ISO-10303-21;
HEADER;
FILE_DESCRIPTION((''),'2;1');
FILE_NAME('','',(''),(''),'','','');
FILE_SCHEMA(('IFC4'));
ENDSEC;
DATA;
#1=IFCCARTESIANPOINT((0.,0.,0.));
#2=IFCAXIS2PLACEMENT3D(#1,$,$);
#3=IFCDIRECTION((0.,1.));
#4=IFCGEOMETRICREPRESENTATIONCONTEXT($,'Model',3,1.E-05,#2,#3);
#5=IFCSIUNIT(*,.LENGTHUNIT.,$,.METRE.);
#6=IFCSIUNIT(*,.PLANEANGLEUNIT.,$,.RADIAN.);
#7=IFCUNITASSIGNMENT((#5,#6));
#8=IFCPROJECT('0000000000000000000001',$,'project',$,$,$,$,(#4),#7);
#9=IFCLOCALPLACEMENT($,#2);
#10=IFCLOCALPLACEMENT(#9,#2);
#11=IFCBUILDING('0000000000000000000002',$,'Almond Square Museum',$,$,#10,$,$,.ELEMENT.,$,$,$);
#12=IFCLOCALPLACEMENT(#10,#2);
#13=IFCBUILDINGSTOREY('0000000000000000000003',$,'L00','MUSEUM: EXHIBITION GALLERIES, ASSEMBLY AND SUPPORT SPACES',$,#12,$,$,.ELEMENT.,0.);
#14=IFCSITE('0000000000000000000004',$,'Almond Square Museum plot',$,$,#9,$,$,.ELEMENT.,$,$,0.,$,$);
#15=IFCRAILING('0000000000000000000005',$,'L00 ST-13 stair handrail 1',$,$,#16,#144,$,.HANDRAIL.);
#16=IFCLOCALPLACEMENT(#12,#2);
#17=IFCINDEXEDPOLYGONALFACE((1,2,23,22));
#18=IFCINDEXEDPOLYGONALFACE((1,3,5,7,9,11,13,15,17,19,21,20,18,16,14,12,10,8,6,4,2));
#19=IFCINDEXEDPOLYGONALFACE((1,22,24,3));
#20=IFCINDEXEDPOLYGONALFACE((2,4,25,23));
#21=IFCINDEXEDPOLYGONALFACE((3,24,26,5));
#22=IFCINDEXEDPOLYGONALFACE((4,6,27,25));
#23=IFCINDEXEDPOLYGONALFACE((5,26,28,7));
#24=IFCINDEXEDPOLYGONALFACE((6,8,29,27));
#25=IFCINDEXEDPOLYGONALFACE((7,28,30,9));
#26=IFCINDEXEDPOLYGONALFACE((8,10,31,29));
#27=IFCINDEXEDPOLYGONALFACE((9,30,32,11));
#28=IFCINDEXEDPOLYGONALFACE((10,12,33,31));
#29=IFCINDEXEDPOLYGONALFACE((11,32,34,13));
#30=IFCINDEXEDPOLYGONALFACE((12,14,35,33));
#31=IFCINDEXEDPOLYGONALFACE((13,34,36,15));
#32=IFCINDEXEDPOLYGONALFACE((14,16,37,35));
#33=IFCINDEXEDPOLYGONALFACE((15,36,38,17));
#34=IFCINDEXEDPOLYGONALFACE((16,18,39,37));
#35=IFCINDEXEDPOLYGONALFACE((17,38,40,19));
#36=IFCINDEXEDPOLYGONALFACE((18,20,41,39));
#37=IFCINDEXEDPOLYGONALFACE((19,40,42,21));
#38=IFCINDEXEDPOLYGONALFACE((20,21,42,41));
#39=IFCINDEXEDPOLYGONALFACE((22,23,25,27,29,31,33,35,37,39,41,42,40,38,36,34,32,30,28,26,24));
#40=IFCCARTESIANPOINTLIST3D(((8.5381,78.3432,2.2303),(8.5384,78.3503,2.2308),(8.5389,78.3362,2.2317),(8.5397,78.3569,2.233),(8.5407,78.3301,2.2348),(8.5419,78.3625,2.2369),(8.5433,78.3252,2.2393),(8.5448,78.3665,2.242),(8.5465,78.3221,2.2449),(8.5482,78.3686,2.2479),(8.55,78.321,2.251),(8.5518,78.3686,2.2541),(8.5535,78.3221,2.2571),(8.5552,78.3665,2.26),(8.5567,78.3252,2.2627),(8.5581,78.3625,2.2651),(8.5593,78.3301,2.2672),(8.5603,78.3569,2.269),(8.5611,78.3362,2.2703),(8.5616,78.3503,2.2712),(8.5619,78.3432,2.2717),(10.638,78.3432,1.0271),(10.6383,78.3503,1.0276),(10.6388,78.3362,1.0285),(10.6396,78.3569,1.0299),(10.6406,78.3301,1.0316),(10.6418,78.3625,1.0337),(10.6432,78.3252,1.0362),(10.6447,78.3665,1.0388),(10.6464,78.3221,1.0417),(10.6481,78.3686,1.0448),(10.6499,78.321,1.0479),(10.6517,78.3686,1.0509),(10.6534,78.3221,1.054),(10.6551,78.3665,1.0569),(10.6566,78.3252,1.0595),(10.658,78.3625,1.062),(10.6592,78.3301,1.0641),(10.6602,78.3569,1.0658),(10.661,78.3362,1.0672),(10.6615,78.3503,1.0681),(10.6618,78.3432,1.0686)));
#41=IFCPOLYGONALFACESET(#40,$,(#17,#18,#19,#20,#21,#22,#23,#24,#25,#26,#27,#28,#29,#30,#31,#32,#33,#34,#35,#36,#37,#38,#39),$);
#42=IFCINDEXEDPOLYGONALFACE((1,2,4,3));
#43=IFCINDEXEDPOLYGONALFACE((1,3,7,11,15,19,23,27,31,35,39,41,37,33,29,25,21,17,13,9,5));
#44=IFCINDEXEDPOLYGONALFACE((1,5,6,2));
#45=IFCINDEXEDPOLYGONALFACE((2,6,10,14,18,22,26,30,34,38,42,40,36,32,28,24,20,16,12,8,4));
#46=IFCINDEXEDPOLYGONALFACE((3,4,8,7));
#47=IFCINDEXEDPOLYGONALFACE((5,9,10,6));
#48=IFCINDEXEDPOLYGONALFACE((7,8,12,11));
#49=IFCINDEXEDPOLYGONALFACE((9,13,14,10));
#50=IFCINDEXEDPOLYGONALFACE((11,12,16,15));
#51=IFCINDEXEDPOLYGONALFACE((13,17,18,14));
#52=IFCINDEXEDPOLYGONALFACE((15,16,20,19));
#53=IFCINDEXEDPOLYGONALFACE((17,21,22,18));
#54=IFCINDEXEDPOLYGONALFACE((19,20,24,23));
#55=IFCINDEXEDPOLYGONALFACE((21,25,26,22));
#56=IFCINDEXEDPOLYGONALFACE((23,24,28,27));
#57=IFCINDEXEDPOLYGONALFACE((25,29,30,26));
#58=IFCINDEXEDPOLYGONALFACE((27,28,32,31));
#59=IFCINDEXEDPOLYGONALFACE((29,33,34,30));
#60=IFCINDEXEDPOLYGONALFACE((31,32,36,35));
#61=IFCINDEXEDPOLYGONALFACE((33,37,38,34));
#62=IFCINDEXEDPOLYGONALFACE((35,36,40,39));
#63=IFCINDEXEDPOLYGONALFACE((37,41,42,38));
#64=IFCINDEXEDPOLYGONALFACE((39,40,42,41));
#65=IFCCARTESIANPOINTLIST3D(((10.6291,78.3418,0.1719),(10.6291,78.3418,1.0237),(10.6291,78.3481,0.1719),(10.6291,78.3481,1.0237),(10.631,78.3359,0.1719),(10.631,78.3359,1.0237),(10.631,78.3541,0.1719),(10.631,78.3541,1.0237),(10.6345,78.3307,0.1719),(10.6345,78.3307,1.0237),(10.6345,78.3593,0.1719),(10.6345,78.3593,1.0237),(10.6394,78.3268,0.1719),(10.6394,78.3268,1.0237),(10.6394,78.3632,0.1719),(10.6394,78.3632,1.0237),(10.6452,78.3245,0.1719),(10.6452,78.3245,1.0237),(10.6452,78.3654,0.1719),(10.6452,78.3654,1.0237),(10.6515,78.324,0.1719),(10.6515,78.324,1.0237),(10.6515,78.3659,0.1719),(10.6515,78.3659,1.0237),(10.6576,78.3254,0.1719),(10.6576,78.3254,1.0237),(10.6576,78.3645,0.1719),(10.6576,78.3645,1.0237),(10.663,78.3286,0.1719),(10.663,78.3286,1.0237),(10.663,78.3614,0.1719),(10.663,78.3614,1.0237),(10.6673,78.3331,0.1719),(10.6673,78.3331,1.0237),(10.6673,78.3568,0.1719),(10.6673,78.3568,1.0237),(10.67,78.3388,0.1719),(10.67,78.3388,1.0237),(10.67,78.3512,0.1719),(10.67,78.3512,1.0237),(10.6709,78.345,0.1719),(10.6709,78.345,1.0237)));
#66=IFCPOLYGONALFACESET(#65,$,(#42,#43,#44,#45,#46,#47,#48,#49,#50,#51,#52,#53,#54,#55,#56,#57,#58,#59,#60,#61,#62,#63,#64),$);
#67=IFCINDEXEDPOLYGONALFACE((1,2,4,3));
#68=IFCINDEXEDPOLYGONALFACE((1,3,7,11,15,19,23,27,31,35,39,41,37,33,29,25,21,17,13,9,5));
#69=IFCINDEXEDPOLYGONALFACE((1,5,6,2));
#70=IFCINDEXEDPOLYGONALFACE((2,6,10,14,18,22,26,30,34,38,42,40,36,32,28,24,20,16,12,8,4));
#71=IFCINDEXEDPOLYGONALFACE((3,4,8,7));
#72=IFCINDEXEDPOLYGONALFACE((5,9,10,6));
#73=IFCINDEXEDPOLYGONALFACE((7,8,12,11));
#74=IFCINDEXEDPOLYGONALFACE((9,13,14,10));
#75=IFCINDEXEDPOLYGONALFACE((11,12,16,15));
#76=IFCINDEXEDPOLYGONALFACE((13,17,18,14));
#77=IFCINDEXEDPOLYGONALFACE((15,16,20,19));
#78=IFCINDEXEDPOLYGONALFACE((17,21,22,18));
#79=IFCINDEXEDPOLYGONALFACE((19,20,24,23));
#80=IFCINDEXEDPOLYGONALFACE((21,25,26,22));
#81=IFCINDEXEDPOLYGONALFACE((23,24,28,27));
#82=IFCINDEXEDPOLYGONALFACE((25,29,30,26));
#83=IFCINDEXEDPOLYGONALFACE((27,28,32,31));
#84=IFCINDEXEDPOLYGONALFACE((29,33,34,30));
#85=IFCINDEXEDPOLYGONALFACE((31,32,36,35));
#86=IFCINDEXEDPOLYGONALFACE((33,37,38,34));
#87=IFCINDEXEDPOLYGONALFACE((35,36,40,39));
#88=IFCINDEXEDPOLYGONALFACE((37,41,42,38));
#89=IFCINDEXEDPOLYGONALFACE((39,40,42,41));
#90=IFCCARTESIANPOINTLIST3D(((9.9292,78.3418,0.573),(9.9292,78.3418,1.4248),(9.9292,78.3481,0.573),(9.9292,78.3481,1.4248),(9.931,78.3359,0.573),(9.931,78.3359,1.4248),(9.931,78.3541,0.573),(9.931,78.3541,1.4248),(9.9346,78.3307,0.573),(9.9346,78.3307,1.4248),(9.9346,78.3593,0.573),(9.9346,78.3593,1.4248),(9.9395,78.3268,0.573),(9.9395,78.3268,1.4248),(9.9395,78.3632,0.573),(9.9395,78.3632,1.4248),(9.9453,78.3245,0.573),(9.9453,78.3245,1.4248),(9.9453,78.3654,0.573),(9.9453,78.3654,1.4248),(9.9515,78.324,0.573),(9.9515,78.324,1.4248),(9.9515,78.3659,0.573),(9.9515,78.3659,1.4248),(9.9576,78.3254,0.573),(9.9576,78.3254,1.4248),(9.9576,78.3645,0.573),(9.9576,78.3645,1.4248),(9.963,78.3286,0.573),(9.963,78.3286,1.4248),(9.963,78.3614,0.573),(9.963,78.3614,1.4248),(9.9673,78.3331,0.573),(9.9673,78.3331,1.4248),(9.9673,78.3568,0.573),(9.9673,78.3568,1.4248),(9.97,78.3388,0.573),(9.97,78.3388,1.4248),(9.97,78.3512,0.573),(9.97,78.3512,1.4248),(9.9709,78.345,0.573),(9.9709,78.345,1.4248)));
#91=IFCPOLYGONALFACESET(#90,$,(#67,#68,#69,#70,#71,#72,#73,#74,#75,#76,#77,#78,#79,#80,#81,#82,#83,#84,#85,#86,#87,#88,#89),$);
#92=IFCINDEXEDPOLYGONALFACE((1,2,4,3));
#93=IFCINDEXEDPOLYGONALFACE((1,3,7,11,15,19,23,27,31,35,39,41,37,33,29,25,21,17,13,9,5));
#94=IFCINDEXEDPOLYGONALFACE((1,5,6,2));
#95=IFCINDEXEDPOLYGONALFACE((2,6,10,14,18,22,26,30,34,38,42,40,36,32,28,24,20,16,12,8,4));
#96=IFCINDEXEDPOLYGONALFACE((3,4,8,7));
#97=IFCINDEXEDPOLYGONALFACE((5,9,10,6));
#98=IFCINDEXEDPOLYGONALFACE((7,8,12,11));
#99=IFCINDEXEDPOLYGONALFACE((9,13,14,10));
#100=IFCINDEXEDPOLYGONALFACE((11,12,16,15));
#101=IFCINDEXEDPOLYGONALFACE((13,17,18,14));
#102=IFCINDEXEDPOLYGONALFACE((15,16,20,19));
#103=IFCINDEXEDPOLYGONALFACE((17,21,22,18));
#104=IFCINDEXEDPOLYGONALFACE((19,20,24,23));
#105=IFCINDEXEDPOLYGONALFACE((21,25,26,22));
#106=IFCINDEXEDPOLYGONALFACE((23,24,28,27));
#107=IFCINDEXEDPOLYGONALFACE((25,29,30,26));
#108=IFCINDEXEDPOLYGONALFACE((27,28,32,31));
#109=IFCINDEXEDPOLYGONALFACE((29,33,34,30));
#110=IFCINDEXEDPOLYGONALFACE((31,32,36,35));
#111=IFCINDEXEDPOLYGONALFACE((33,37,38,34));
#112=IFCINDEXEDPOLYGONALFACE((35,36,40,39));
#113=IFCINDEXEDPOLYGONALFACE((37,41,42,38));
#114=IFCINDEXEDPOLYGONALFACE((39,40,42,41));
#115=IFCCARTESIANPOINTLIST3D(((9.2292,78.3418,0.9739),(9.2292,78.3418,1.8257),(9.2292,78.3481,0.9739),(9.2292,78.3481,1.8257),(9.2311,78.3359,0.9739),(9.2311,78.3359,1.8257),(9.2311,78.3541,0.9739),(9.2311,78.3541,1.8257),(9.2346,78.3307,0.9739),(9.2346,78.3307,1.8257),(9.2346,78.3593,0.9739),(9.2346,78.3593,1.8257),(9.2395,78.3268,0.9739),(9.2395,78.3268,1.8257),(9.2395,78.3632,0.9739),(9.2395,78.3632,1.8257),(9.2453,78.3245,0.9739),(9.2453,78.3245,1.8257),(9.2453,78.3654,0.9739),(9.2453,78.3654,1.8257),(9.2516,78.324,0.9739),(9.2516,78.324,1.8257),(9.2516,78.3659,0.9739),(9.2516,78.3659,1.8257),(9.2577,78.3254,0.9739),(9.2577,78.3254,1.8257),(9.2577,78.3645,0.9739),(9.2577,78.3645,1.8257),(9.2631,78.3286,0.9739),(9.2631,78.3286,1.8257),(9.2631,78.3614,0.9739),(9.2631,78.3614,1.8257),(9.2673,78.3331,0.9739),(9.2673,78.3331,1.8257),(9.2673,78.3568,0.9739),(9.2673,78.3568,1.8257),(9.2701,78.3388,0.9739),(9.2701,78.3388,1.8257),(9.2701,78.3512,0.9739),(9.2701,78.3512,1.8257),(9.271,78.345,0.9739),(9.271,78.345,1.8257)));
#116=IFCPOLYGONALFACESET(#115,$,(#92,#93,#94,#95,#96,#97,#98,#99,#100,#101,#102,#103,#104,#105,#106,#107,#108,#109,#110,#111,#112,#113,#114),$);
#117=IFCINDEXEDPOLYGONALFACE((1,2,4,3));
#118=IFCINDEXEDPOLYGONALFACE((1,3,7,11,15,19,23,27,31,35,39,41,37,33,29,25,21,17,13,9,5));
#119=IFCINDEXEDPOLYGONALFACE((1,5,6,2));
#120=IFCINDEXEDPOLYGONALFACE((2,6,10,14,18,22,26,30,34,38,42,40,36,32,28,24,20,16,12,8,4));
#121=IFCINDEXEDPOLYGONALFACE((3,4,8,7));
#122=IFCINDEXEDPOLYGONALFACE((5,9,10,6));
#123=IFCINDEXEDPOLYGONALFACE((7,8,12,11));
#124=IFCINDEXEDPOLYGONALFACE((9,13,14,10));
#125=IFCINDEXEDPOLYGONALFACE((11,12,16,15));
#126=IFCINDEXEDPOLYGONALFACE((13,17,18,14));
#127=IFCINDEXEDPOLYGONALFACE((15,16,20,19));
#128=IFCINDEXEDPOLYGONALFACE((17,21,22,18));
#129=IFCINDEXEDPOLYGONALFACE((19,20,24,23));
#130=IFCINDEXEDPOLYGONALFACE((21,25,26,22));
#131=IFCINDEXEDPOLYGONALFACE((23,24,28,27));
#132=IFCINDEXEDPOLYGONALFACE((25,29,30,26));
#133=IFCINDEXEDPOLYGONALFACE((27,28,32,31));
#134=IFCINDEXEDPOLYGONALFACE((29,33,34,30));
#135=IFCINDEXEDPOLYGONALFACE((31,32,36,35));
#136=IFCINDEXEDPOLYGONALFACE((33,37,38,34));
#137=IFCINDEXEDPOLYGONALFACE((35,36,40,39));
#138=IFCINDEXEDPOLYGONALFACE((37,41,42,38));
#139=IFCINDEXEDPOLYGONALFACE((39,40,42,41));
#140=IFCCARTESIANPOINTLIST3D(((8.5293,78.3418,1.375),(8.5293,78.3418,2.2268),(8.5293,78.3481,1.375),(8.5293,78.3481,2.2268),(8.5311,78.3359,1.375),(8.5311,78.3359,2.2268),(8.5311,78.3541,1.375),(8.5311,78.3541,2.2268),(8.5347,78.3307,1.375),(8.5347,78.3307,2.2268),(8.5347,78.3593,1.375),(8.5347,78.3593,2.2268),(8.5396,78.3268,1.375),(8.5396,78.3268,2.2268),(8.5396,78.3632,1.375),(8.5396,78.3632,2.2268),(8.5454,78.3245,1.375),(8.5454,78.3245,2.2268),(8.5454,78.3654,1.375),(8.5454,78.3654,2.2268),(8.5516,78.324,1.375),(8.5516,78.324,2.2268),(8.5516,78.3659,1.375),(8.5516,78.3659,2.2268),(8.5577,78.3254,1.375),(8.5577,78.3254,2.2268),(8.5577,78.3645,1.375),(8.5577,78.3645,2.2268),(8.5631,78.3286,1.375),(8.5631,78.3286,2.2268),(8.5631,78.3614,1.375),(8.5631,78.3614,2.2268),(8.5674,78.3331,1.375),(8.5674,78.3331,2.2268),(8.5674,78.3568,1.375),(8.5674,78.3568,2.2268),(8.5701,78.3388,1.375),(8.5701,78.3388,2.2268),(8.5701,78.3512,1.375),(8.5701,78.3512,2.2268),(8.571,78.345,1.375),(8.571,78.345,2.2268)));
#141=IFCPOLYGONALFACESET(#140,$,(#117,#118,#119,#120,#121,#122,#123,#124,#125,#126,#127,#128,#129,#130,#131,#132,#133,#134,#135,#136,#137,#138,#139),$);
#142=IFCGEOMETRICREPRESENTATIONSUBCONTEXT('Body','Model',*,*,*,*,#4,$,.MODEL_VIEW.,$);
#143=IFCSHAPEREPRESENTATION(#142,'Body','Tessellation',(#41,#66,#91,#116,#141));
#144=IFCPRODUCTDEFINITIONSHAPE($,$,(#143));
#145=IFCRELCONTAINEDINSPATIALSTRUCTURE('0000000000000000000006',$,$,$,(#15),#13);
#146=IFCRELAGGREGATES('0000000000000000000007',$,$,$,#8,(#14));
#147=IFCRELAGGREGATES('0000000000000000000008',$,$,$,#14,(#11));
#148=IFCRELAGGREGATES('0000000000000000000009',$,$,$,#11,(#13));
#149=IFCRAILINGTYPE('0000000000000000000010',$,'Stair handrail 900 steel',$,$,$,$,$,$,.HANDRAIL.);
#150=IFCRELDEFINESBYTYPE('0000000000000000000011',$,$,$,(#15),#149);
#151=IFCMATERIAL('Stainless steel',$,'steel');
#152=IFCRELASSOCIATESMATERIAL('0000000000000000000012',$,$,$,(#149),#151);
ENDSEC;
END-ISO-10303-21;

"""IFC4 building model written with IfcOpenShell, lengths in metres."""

from ifc_helpers import new_model, si_unit, direction, frame, origin, origin_2d, place, context, subcontext, project, spatial, circle, extrude, material, type_object, element, save


model = new_model("IFC4")

# Units and contexts
model_context = context("Model", 3, precision=1e-05, world=origin(), true_north=direction((0.0, 1.0)))
body_context = subcontext(model_context, "Body", "Model", "MODEL_VIEW")
ifc_project = project(units=[si_unit("LENGTHUNIT", "METRE"), si_unit("PLANEANGLEUNIT", "RADIAN")], contexts=[model_context])

# Site, building, storey
site_placement = place(None, origin())
site = spatial("IfcSite", under=ifc_project, at=site_placement, Name="Almond Square Museum plot", CompositionType="ELEMENT", RefElevation=0.0)
building_placement = place(site_placement, origin())
building = spatial("IfcBuilding", under=site, at=building_placement, Name="Almond Square Museum", CompositionType="ELEMENT")
storey_placement = place(building_placement, origin())
storey = spatial("IfcBuildingStorey", under=building, at=storey_placement, Name="L00", Description="MUSEUM: EXHIBITION GALLERIES, ASSEMBLY AND SUPPORT SPACES", CompositionType="ELEMENT", Elevation=0.0)

# Railing
ifc_material_1 = material(Name="Stainless steel", Category="steel")
railing_type_1 = type_object("IfcRailingType", Name="Stair handrail 900 steel", PredefinedType="HANDRAIL", material=ifc_material_1)
for number, where, name in (
    (1, (10.6499, 78.345, 0.1719), "L00 ST-13 stair handrail 1"),
):
    element("IfcRailing", number, at=place(storey_placement, frame(where)), inside=storey, type_object=railing_type_1, Name=name, PredefinedType="HANDRAIL", context=body_context, shape_type="SweptSolid", body=[
        extrude(circle(Radius=0.0239, at=origin_2d()), frame((0.0, 0.0, 0.876), z_axis=(-0.867671, 0.0, 0.497138), x_axis=(0.0, -1.0, 0.0)), (0.0, 0.0, 1.0), 2.4202),
        extrude(circle(Radius=0.021, at=origin_2d()), origin(), (0.0, 0.0, 1.0), 0.8518),
        extrude(circle(Radius=0.021, at=origin_2d()), frame((-0.7, 0.0, 0.4011)), (0.0, 0.0, 1.0), 0.8518),
        extrude(circle(Radius=0.021, at=origin_2d()), frame((-1.3999, 0.0, 0.802)), (0.0, 0.0, 1.0), 0.8518),
        extrude(circle(Radius=0.021, at=origin_2d()), frame((-2.0999, 0.0, 1.2031)), (0.0, 0.0, 1.0), 0.8518),
    ])

save(model, "model.ifc")
